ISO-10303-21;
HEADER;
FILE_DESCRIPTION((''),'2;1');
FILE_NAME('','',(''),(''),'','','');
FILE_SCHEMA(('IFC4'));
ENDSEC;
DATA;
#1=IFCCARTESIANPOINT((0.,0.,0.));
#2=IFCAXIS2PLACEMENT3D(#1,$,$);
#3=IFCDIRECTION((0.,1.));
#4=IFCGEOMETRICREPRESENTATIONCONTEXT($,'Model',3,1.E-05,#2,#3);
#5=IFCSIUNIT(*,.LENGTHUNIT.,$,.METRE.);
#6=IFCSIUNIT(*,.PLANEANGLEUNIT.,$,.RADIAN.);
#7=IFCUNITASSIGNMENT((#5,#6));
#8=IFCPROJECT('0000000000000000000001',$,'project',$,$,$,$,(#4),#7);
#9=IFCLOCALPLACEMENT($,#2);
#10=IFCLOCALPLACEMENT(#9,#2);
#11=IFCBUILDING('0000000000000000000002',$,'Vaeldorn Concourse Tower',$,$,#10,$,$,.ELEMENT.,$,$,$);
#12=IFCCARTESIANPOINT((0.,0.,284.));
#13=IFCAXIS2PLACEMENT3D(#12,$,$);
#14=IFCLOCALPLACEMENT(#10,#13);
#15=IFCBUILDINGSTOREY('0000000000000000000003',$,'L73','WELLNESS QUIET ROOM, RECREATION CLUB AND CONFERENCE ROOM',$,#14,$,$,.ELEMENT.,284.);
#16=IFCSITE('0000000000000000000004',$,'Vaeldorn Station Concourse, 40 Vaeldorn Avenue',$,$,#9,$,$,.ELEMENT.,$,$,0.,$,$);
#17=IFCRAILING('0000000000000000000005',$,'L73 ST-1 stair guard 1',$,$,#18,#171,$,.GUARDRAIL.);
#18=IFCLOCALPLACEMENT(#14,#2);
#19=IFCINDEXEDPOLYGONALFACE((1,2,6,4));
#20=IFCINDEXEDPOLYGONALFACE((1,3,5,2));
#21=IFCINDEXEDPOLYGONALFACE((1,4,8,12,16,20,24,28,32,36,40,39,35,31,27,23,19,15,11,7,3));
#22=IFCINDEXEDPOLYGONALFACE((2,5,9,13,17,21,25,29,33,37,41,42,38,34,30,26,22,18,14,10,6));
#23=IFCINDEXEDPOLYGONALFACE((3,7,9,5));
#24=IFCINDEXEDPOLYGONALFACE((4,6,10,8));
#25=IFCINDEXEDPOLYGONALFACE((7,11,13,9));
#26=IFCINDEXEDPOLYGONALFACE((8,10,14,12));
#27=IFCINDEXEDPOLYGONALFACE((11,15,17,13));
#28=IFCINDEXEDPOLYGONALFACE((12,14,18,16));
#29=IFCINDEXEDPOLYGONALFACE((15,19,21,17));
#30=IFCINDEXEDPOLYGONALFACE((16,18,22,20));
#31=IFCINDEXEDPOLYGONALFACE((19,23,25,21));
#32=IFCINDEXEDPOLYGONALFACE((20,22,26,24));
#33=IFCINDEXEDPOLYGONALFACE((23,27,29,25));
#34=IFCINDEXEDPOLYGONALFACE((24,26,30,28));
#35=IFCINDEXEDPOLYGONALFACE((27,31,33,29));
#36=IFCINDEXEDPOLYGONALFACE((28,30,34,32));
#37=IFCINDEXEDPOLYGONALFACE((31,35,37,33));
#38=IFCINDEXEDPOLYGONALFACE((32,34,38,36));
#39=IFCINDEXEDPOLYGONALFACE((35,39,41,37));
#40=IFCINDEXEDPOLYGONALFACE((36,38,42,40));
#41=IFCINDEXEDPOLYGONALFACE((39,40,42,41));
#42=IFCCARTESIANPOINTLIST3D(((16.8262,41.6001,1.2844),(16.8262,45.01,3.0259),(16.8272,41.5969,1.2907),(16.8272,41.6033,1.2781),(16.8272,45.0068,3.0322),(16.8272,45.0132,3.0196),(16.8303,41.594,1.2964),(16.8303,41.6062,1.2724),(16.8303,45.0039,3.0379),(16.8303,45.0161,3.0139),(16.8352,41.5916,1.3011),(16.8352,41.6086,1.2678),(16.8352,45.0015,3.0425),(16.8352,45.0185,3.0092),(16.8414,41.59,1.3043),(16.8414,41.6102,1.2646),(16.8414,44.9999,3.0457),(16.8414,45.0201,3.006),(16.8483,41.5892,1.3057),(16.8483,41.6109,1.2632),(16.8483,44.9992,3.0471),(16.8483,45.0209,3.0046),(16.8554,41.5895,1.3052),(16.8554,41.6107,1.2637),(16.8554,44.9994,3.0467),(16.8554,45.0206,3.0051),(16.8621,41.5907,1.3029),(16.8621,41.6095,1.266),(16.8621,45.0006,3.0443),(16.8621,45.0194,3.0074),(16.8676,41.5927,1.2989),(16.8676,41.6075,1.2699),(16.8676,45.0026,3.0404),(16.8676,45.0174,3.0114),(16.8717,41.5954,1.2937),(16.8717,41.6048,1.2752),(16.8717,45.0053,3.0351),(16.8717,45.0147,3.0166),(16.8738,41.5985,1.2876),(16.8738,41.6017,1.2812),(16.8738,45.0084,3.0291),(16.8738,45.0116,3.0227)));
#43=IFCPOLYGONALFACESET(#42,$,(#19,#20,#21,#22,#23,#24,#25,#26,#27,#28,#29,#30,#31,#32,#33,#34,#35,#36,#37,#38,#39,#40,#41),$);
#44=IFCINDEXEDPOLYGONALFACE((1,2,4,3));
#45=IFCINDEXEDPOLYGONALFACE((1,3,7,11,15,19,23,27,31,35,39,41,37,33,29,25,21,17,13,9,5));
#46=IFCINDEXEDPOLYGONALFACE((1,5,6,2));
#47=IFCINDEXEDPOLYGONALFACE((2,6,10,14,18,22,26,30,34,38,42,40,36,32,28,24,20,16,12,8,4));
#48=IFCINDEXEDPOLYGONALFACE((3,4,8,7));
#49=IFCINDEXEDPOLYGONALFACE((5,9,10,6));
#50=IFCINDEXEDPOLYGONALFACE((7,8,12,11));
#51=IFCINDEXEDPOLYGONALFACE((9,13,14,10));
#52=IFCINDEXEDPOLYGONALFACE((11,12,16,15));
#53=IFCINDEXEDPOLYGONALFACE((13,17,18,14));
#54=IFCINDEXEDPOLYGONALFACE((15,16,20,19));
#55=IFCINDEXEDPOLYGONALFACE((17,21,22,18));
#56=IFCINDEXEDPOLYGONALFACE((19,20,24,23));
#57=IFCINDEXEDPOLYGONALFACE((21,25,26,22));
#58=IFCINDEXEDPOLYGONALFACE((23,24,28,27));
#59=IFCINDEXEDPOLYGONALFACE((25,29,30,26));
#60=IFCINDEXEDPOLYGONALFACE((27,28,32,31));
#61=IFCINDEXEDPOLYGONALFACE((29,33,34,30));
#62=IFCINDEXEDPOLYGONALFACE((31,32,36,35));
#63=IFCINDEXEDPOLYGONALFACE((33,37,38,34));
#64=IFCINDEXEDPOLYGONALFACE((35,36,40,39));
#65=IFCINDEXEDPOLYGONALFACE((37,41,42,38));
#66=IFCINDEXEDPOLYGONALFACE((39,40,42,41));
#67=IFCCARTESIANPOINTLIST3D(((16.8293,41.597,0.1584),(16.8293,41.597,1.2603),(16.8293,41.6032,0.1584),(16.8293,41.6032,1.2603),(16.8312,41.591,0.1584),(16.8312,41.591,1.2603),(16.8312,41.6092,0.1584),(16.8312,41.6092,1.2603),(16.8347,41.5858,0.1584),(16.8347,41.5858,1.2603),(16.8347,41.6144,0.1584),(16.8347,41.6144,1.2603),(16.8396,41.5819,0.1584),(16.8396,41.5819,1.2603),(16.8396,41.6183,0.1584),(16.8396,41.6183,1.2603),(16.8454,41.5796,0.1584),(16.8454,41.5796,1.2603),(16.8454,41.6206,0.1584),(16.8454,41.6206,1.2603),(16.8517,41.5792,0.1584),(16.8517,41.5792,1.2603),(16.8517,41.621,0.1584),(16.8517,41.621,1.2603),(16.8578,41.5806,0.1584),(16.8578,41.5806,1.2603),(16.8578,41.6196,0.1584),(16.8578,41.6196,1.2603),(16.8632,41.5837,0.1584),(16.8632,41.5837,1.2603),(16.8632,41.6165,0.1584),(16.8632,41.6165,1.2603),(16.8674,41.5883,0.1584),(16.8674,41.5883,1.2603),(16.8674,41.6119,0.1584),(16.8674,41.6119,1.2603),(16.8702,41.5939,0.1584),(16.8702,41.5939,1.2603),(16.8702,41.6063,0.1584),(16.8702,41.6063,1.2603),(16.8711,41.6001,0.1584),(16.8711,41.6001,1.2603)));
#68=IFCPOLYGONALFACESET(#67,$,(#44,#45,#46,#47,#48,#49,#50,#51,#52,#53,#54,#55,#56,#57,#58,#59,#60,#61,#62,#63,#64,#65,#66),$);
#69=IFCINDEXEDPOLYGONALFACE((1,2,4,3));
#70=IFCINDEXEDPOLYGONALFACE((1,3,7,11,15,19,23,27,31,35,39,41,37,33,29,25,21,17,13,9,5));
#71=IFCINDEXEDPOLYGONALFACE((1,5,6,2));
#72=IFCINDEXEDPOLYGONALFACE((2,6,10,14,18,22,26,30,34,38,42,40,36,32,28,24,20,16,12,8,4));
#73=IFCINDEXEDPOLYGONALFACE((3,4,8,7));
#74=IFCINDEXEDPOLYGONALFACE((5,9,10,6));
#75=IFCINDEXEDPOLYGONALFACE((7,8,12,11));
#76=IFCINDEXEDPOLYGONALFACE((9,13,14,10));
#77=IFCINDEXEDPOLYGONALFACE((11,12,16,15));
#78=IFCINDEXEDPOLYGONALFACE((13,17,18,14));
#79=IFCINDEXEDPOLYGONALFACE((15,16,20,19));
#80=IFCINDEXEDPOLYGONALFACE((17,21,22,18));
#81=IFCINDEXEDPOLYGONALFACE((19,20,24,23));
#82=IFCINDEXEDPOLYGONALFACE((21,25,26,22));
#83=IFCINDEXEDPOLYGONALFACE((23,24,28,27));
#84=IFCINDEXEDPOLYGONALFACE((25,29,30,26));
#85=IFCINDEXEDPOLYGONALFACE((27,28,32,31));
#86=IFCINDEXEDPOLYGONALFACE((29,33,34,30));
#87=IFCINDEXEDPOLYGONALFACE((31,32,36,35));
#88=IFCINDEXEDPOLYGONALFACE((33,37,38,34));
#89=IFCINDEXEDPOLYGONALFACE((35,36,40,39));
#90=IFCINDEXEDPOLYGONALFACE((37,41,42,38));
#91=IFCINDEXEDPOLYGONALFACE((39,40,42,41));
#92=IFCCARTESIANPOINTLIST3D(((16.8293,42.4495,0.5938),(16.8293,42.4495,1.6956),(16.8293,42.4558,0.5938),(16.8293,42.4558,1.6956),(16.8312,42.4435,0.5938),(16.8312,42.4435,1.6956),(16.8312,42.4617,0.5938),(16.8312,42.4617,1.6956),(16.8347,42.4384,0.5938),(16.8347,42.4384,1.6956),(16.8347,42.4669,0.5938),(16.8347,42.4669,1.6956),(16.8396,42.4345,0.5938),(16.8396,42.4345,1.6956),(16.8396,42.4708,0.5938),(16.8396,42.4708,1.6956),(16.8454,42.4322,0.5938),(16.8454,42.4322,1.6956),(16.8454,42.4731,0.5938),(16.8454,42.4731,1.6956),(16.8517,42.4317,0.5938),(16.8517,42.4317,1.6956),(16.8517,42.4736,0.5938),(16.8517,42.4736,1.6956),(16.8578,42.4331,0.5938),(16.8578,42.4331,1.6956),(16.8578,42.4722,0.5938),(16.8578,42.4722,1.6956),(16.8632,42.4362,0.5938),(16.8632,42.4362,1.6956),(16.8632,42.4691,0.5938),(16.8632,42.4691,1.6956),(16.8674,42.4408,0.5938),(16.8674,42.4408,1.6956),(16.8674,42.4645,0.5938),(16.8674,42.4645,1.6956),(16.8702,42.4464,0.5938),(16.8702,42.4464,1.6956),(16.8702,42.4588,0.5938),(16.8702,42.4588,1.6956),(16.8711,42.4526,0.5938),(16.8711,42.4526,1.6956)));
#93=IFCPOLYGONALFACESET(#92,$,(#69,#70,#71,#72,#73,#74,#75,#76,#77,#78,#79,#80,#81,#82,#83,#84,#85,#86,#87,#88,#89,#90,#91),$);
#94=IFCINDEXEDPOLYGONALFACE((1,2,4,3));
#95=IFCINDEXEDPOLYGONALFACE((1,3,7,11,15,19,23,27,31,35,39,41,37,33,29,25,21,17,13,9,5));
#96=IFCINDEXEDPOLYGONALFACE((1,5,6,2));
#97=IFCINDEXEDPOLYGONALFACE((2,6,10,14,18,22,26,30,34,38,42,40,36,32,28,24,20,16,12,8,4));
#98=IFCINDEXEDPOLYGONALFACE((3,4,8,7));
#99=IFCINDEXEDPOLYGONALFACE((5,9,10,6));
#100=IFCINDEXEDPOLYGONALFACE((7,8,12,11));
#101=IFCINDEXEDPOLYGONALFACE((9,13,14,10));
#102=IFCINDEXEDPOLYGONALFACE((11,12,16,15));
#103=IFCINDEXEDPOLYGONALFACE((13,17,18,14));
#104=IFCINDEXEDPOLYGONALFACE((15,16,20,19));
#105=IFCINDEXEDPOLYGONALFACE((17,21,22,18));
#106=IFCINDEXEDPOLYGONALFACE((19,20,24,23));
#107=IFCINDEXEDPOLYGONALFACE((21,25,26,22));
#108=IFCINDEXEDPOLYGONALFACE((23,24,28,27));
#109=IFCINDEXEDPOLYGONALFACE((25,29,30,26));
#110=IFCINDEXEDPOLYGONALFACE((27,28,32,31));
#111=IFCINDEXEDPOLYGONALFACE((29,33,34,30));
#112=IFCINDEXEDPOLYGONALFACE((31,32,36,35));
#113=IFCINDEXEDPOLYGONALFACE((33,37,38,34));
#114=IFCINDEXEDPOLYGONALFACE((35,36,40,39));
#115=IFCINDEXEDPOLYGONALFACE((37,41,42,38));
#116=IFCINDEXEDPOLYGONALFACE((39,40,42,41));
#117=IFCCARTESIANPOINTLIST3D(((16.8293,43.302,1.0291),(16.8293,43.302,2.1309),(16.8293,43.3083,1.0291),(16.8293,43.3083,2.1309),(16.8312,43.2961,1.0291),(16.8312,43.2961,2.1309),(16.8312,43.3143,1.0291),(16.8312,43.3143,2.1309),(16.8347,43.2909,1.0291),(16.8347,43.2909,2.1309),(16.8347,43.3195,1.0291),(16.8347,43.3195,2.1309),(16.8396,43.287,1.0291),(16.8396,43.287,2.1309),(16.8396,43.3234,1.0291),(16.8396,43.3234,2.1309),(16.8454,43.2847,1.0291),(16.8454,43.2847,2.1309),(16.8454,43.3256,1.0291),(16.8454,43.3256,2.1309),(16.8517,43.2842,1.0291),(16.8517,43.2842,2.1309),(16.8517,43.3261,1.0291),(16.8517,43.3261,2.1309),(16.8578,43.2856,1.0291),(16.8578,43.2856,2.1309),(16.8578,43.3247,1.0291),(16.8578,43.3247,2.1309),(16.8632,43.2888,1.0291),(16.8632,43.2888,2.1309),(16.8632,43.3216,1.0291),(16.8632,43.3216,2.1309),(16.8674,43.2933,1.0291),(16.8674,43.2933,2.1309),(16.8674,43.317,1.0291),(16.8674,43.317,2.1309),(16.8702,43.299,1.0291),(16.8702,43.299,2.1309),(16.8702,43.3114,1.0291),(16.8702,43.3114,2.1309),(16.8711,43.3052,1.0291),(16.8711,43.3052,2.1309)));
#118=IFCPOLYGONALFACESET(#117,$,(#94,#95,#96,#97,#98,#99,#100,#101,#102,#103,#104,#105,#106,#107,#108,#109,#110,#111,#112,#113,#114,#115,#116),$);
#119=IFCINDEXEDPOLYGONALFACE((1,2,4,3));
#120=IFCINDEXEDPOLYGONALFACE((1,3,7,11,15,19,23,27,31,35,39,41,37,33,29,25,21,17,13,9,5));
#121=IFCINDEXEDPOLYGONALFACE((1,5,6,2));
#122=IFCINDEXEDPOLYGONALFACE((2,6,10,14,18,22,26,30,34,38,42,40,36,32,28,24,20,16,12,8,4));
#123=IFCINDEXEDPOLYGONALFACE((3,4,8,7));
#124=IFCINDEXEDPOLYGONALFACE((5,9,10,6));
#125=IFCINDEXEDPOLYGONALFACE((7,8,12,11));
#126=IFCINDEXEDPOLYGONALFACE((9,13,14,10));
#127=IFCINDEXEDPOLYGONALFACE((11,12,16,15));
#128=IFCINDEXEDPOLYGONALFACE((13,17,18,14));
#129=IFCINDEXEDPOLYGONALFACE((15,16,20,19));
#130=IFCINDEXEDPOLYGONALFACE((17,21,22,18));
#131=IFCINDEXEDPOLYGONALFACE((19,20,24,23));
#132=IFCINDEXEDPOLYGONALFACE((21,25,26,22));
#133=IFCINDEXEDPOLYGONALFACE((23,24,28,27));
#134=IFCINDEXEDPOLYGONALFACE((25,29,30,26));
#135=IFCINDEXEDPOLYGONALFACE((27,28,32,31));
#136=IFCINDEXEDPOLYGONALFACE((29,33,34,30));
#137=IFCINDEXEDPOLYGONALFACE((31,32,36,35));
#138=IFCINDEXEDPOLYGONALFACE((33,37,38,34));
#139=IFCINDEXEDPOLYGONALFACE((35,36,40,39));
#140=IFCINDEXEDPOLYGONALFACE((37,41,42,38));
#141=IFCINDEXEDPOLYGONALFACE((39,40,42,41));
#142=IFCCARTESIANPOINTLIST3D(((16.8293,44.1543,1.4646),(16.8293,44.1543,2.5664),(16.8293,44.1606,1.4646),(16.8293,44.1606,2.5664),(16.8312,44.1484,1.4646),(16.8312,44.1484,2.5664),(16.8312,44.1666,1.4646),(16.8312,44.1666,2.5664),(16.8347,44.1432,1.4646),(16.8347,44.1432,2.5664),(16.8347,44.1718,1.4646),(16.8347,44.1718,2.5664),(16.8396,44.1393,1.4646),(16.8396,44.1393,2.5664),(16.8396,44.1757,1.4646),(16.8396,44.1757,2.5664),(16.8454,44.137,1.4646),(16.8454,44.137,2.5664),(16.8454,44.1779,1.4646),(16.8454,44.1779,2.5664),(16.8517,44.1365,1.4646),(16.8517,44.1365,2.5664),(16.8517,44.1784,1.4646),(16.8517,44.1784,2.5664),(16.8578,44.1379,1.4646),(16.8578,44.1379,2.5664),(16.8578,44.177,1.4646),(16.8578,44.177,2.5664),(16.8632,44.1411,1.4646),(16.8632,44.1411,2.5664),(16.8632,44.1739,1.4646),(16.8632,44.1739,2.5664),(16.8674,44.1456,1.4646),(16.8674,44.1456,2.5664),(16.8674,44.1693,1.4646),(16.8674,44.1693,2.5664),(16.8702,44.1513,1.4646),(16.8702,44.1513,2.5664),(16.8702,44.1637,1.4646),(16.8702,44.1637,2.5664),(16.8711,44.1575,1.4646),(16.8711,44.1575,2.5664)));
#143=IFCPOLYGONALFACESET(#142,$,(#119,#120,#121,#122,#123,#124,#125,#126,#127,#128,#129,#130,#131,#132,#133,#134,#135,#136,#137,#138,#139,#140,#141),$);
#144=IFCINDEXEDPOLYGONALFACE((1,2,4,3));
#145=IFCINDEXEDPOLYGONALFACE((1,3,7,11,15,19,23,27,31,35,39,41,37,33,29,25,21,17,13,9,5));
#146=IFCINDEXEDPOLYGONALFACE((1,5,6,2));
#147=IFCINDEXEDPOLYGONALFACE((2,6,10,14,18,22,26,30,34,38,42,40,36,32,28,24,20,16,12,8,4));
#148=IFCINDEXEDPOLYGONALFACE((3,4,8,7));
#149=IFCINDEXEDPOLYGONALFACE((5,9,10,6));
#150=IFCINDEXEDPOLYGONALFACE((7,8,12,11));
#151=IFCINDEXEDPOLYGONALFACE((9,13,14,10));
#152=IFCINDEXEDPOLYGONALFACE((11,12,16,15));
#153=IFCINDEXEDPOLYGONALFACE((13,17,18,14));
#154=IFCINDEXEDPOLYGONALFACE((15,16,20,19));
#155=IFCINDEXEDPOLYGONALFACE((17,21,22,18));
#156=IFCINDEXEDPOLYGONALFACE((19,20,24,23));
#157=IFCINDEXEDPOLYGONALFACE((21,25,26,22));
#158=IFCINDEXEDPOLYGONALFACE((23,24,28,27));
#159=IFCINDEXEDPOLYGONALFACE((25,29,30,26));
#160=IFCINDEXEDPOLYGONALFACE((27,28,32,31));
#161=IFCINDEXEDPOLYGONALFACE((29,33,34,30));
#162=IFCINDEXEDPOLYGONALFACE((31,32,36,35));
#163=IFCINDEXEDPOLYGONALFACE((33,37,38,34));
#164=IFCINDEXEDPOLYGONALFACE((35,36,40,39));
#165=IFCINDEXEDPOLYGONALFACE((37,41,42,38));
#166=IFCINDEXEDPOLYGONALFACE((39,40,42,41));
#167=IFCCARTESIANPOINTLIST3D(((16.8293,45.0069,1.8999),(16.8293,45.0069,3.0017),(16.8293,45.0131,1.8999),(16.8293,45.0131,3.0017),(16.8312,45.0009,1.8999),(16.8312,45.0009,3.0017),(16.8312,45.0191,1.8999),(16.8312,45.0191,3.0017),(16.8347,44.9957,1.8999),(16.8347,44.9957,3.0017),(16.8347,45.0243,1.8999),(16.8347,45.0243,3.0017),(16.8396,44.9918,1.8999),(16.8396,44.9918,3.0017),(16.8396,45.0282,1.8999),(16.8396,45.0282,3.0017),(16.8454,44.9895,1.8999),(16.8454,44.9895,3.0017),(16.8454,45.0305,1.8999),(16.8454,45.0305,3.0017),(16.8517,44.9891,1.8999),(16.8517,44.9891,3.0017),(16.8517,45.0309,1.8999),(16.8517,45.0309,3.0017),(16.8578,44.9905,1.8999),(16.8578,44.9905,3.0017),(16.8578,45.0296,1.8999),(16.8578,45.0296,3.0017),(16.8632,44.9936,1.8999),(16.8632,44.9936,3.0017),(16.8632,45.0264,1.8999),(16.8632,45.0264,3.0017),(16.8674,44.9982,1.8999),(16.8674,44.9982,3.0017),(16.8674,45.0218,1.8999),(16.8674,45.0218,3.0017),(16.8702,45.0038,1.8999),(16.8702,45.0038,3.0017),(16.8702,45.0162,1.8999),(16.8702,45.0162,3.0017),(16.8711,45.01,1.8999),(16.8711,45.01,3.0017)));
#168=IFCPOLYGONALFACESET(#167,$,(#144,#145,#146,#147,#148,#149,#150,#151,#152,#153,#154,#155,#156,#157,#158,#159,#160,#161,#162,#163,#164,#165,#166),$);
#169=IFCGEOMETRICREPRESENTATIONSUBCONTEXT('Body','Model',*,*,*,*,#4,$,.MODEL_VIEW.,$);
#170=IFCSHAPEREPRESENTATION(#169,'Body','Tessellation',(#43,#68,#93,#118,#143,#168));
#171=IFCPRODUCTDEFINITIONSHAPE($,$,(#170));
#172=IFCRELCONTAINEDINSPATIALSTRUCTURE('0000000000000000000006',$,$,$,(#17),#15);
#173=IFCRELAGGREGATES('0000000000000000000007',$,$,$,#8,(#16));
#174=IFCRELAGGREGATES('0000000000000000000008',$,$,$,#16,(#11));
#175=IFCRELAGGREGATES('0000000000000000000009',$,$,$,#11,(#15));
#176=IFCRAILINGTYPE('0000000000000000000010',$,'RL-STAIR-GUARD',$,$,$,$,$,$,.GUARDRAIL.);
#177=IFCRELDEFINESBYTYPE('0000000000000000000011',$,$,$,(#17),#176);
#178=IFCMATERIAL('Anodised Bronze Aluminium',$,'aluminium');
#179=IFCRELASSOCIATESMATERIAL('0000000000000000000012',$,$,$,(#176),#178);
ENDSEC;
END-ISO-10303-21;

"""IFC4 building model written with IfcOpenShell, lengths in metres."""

from ifc_helpers import new_model, si_unit, direction, frame, origin, origin_2d, place, context, subcontext, project, spatial, circle, extrude, material, type_object, element, save


model = new_model("IFC4")

# Units and contexts
model_context = context("Model", 3, precision=1e-05, world=origin(), true_north=direction((0.0, 1.0)))
body_context = subcontext(model_context, "Body", "Model", "MODEL_VIEW")
ifc_project = project(units=[si_unit("LENGTHUNIT", "METRE"), si_unit("PLANEANGLEUNIT", "RADIAN")], contexts=[model_context])

# Site, building, storey
site_placement = place(None, origin())
site = spatial("IfcSite", under=ifc_project, at=site_placement, Name="Vaeldorn Station Concourse, 40 Vaeldorn Avenue", CompositionType="ELEMENT", RefElevation=0.0)
building_placement = place(site_placement, origin())
building = spatial("IfcBuilding", under=site, at=building_placement, Name="Vaeldorn Concourse Tower", CompositionType="ELEMENT")
storey_placement = place(building_placement, frame((0.0, 0.0, 284.0)))
storey = spatial("IfcBuildingStorey", under=building, at=storey_placement, Name="L73", Description="WELLNESS QUIET ROOM, RECREATION CLUB AND CONFERENCE ROOM", CompositionType="ELEMENT", Elevation=284.0)

# Shared definitions
ifc_material_1 = material(Name="Anodised Bronze Aluminium", Category="aluminium")

# Railing
railing_type_1 = type_object("IfcRailingType", Name="RL-STAIR-GUARD", PredefinedType="GUARDRAIL", material=ifc_material_1)
railing_1_placement = place(storey_placement, frame((16.8501, 41.6001, 0.1584)))
element("IfcRailing", 1, at=railing_1_placement, inside=storey, type_object=railing_type_1, Name="L73 ST-1 stair guard 1", PredefinedType="GUARDRAIL", context=body_context, shape_type="SweptSolid", body=[
    extrude(circle(Radius=0.0239, at=origin_2d()), frame((0.0, 0.0, 1.126), z_axis=(0.0, 0.890582, 0.454823), x_axis=(-1.0, 0.0, 0.0)), (0.0, 0.0, 1.0), 3.8289),
    extrude(circle(Radius=0.021, at=origin_2d()), origin(), (0.0, 0.0, 1.0), 1.1018),
    extrude(circle(Radius=0.021, at=origin_2d()), frame((0.0, 0.8525, 0.4353)), (0.0, 0.0, 1.0), 1.1018),
    extrude(circle(Radius=0.021, at=origin_2d()), frame((0.0, 1.7051, 0.8706)), (0.0, 0.0, 1.0), 1.1018),
    extrude(circle(Radius=0.021, at=origin_2d()), frame((0.0, 2.5574, 1.3062)), (0.0, 0.0, 1.0), 1.1018),
    extrude(circle(Radius=0.021, at=origin_2d()), frame((0.0, 3.4099, 1.7415)), (0.0, 0.0, 1.0), 1.1018),
])

save(model, "model.ifc")
